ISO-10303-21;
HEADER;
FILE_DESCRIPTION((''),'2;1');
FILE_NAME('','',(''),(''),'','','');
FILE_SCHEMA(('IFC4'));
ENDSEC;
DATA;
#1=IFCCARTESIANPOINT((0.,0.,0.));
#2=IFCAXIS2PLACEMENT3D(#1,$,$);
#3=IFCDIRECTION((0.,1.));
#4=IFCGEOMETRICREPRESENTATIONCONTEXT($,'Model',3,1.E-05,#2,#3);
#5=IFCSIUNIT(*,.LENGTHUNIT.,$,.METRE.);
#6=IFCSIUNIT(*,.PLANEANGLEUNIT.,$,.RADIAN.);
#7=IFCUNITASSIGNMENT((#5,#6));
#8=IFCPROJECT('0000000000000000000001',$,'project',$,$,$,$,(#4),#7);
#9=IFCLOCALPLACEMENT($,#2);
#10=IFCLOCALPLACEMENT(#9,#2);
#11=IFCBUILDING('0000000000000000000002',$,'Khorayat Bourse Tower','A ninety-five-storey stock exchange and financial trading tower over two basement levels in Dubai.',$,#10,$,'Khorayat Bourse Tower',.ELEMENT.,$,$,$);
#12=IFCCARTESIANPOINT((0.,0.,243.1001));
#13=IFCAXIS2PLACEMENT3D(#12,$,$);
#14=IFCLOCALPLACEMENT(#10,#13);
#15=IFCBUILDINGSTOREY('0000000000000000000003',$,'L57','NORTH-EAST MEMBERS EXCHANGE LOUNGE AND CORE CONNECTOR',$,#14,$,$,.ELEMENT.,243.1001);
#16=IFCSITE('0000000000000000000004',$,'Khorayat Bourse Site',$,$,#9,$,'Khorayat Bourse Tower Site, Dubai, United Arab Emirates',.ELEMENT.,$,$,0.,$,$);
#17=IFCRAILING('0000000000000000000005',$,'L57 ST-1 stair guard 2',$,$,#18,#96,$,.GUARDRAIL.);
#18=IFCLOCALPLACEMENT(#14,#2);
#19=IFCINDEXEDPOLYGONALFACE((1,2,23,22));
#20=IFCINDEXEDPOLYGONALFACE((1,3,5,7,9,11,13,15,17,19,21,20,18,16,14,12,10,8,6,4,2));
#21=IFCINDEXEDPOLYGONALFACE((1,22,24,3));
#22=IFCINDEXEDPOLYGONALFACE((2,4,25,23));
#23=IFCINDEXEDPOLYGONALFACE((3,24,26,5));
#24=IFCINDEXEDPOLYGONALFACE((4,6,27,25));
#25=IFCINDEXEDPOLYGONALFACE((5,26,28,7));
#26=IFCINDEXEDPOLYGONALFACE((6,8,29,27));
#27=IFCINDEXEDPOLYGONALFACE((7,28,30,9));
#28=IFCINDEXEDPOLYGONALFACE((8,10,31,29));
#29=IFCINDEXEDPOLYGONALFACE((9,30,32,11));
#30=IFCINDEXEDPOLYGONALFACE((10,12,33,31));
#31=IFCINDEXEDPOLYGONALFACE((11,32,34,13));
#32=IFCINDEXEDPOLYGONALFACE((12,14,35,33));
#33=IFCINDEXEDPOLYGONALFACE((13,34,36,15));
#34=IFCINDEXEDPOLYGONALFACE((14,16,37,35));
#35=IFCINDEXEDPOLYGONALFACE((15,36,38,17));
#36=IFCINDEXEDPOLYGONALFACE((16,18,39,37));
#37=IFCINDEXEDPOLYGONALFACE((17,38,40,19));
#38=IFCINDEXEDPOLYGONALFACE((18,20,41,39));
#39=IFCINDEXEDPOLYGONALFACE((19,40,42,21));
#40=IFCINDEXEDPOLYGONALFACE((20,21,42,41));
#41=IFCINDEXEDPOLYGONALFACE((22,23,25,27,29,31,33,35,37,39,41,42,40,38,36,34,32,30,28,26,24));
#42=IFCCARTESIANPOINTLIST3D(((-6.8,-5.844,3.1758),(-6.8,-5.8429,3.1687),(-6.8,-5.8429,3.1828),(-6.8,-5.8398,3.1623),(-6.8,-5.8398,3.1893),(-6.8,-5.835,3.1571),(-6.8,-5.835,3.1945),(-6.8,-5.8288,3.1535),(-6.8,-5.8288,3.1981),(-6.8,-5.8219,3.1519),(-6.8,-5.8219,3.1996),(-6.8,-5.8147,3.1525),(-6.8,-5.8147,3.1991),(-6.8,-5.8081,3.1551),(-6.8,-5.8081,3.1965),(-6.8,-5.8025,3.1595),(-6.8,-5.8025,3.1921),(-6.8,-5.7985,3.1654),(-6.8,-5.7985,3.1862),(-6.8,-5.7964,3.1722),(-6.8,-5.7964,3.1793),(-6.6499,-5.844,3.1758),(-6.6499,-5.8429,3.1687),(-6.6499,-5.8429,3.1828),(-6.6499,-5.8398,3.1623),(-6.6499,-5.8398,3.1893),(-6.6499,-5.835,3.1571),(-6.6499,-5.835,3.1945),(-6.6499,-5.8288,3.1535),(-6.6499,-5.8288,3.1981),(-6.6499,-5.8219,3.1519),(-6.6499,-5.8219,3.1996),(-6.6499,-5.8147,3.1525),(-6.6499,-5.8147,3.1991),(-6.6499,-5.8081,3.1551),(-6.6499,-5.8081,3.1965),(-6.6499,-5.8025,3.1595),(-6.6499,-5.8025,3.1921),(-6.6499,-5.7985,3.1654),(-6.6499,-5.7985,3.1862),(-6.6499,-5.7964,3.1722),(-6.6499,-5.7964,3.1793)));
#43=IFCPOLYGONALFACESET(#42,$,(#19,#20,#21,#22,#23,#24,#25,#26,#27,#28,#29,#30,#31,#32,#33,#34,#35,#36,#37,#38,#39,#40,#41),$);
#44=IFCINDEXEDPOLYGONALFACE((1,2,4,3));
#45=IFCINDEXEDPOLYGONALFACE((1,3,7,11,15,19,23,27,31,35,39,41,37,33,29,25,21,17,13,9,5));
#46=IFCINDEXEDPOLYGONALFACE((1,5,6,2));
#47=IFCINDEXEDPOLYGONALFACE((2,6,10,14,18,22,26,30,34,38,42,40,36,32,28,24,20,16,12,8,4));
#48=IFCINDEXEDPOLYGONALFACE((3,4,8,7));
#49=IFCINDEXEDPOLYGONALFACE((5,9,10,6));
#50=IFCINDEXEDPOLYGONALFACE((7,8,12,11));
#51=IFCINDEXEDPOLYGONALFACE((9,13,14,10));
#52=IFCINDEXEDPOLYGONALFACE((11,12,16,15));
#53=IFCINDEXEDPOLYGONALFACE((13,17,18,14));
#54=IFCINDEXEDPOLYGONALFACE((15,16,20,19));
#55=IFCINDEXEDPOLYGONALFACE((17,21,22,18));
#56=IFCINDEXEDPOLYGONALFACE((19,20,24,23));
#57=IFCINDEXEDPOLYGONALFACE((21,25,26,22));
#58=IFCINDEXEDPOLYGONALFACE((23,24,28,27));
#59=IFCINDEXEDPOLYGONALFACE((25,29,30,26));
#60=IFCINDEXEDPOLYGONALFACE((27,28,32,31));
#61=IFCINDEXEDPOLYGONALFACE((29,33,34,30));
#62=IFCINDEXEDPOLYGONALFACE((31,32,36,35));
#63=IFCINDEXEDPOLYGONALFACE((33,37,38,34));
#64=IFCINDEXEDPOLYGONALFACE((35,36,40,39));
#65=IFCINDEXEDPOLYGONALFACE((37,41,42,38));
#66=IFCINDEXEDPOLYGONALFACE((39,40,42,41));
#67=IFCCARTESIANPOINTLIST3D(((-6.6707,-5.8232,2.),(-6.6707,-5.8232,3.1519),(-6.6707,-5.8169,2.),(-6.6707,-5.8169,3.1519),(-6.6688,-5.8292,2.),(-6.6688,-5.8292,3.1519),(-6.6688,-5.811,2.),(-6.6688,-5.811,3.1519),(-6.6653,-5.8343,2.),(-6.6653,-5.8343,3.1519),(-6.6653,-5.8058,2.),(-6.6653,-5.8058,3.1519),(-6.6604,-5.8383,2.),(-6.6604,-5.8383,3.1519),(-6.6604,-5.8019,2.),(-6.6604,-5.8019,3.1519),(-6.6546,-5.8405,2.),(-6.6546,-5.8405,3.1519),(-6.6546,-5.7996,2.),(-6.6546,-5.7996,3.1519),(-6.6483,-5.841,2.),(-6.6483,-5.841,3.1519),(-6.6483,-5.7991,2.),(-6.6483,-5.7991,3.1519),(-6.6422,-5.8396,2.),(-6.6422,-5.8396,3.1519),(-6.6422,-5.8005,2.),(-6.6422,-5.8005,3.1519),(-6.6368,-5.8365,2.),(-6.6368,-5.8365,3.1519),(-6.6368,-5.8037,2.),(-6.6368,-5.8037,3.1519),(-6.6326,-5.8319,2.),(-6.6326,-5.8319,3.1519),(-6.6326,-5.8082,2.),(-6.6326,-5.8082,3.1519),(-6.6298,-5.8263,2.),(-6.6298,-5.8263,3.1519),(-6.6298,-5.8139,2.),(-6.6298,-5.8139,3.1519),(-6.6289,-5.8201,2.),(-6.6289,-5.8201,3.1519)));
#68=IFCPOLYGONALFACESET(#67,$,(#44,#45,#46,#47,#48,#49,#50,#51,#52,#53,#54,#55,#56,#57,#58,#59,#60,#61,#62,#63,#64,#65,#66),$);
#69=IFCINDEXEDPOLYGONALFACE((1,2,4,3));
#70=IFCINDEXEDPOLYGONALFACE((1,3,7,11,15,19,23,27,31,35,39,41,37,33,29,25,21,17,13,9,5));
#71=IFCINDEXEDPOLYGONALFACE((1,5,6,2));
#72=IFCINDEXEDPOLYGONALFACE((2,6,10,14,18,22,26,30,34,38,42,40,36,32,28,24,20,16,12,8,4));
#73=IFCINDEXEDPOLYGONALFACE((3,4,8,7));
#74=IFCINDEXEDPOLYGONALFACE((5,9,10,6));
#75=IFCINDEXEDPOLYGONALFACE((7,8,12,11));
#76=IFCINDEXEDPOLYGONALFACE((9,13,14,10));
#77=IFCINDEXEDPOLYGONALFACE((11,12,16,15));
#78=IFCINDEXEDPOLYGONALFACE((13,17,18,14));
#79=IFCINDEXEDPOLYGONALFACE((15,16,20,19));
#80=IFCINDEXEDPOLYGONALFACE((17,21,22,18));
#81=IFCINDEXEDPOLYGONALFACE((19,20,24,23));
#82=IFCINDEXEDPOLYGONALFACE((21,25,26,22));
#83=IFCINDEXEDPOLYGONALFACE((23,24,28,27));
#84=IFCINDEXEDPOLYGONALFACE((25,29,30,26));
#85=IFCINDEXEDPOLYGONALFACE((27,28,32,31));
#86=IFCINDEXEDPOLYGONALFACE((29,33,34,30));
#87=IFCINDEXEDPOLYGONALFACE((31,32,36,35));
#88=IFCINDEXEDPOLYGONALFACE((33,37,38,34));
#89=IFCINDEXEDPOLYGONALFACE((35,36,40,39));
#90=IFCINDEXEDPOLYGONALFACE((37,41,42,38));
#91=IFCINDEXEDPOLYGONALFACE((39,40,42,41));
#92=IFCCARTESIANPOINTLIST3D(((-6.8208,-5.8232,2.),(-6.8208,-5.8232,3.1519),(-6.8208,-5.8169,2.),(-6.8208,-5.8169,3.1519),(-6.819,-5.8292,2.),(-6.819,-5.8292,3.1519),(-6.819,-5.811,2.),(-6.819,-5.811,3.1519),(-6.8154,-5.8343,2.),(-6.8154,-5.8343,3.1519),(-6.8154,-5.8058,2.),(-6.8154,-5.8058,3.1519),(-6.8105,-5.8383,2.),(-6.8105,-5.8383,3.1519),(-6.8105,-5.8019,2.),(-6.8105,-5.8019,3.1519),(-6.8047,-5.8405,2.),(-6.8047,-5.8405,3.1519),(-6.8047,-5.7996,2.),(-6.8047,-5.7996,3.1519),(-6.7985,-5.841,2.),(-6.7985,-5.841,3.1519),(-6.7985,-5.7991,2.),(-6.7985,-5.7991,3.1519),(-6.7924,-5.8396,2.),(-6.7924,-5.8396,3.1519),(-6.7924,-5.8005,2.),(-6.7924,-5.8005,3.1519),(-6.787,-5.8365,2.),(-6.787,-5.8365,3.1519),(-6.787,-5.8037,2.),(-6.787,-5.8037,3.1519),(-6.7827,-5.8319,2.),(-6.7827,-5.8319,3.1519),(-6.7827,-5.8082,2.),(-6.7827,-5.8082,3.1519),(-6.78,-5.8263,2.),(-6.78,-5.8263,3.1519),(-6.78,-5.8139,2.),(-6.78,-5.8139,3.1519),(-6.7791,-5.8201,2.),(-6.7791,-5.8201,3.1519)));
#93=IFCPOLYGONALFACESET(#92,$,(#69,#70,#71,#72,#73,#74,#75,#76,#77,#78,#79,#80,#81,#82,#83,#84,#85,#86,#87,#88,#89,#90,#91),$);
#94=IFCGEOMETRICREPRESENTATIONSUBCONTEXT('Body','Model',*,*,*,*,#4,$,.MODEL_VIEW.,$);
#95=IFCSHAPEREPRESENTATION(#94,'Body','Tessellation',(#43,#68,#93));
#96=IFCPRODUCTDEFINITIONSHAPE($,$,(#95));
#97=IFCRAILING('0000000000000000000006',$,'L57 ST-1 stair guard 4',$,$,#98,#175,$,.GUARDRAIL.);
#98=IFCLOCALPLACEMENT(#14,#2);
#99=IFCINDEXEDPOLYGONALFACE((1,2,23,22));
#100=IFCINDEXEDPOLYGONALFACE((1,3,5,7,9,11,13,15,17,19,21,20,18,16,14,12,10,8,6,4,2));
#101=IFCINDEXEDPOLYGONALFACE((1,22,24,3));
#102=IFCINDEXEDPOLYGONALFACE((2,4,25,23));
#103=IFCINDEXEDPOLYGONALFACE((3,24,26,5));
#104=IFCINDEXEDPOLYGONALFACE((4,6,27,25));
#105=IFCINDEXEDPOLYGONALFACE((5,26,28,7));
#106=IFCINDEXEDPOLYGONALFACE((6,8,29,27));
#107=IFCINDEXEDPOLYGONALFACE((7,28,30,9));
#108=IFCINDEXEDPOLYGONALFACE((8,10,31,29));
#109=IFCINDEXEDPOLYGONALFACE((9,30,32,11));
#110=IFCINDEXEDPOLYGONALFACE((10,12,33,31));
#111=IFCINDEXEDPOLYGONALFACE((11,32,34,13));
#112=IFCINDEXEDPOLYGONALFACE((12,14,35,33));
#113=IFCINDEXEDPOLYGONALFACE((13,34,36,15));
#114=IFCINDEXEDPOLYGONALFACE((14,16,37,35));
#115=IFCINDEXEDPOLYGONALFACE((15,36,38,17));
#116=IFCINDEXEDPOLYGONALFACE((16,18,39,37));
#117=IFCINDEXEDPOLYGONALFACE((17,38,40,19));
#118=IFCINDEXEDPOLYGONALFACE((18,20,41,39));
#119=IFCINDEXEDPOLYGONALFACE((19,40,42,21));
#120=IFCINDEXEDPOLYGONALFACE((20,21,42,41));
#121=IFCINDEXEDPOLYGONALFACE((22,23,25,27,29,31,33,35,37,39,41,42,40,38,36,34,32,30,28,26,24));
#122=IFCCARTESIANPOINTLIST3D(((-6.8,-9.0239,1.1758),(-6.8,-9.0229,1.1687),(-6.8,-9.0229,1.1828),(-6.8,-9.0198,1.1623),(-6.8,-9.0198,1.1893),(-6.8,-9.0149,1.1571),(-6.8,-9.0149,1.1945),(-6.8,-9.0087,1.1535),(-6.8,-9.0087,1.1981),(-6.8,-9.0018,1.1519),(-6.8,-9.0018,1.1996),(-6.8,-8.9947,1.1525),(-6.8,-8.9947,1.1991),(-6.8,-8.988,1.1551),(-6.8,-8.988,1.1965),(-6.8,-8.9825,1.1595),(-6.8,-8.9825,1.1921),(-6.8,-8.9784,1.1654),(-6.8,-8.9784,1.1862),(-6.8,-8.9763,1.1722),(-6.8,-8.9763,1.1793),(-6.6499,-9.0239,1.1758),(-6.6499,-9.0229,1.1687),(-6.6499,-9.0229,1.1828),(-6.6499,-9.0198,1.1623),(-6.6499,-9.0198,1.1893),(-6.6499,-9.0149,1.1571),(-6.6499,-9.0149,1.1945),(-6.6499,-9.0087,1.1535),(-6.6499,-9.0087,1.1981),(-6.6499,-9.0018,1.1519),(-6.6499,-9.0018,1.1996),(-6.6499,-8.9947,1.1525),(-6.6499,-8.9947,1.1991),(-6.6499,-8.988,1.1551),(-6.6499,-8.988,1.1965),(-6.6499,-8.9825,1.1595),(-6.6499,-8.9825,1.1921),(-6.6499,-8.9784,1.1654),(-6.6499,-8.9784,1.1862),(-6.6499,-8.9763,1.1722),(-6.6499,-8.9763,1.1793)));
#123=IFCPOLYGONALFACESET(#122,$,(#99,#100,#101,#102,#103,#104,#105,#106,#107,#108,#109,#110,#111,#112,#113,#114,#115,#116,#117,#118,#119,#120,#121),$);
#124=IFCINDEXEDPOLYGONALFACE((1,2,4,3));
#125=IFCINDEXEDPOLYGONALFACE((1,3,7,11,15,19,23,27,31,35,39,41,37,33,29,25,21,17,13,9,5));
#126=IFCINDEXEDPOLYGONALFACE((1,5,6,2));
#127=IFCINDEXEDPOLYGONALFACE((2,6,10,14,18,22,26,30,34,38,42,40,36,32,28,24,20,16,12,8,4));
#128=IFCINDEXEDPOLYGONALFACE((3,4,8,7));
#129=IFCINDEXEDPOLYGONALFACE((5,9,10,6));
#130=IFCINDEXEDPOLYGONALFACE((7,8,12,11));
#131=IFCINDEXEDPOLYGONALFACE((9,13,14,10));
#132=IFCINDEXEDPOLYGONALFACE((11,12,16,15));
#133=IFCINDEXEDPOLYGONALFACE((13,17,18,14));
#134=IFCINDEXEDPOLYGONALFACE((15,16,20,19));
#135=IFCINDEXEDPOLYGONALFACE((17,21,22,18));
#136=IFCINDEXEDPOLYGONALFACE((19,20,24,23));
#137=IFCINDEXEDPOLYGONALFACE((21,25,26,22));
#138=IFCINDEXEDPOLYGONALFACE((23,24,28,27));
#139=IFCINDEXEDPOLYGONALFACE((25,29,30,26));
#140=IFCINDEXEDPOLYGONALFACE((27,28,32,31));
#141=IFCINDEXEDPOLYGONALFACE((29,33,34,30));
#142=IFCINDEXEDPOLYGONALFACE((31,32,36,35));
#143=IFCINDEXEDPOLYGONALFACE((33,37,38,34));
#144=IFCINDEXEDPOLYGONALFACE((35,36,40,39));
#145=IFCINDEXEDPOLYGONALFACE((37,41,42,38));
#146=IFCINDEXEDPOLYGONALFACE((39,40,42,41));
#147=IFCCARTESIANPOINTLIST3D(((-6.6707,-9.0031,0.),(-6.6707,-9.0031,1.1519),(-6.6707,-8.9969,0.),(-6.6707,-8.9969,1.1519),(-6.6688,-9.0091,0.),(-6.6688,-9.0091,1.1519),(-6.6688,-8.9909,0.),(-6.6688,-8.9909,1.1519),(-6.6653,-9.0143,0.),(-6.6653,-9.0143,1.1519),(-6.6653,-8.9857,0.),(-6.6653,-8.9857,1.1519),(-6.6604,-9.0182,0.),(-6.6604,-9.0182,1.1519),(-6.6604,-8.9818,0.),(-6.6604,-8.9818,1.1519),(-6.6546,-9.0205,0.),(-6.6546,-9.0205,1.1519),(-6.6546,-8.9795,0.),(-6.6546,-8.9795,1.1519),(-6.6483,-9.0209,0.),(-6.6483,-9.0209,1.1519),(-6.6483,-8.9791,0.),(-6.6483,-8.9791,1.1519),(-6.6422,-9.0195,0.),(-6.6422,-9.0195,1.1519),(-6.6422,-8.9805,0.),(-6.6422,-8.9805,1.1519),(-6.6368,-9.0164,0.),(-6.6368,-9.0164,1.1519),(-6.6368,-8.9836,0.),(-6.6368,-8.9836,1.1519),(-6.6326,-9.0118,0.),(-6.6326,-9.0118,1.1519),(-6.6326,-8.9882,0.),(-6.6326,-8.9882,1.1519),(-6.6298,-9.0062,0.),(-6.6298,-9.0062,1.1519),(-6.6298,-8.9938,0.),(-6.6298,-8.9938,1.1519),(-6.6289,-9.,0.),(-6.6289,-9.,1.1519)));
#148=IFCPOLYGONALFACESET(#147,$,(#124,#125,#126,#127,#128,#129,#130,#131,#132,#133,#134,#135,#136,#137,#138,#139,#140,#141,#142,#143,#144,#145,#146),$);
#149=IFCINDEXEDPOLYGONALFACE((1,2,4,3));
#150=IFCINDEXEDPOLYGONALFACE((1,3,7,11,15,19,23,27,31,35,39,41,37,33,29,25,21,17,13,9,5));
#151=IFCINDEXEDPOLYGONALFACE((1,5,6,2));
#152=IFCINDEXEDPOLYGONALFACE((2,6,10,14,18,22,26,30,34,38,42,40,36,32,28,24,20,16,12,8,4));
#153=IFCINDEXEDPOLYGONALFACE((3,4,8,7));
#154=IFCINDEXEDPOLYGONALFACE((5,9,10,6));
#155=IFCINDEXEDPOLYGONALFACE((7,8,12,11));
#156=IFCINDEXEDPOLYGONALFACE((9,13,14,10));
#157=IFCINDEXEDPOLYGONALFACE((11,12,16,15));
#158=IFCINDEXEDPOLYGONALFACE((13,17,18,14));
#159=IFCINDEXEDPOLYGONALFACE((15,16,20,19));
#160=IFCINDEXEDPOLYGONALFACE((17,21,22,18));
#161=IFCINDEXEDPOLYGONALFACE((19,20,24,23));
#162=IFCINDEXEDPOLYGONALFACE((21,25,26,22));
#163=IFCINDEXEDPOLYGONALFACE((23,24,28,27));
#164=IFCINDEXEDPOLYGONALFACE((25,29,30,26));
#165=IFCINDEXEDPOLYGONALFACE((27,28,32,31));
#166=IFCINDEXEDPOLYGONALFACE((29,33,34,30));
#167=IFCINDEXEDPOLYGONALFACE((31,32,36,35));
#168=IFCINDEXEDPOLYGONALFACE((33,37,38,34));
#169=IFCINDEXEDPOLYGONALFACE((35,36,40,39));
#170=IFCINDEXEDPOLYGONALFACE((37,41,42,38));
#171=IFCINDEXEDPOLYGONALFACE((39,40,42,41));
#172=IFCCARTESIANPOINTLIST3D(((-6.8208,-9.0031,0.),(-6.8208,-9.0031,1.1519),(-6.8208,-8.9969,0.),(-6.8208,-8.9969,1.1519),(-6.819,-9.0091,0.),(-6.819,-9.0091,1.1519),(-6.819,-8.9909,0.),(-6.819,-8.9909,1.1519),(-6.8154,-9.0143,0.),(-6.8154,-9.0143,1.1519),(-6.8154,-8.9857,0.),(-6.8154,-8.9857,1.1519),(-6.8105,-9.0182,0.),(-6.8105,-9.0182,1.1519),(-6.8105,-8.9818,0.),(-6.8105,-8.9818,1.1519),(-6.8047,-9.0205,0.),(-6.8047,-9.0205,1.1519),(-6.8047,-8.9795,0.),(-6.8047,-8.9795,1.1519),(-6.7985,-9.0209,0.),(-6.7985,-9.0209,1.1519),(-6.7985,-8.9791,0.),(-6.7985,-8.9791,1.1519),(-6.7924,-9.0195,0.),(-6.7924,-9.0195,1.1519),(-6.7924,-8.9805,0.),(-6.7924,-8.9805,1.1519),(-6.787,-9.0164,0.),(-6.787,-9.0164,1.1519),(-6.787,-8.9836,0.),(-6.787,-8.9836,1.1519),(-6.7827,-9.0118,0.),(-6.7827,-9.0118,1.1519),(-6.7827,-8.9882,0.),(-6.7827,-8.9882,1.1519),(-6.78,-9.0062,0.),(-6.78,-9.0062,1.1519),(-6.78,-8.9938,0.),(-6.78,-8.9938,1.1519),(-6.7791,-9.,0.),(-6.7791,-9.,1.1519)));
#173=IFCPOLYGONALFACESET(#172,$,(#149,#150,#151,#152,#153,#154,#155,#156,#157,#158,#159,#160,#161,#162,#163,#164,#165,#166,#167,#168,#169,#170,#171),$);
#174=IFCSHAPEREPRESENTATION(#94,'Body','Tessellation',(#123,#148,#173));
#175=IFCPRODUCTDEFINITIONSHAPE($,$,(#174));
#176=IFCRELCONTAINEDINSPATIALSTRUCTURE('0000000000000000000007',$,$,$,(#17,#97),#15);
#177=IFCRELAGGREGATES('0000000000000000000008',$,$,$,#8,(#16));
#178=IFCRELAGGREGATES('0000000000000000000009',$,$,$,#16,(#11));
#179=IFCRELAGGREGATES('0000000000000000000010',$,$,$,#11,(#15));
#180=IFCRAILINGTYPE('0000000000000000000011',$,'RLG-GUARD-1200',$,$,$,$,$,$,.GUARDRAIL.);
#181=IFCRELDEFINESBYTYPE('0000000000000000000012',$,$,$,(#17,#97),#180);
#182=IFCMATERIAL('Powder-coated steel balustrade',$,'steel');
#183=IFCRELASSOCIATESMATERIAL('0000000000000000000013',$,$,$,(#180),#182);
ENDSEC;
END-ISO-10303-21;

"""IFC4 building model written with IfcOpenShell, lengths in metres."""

from ifc_helpers import new_model, si_unit, direction, frame, origin, origin_2d, place, context, subcontext, project, spatial, circle, extrude, source, transform, mapped, material, type_object, element, save


model = new_model("IFC4")

# Units and contexts
model_context = context("Model", 3, precision=1e-05, world=origin(), true_north=direction((0.0, 1.0)))
body_context = subcontext(model_context, "Body", "Model", "MODEL_VIEW")
ifc_project = project(units=[si_unit("LENGTHUNIT", "METRE"), si_unit("PLANEANGLEUNIT", "RADIAN")], contexts=[model_context])

# Site, building, storey
site_placement = place(None, origin())
site = spatial("IfcSite", under=ifc_project, at=site_placement, Name="Khorayat Bourse Site", LongName="Khorayat Bourse Tower Site, Dubai, United Arab Emirates", CompositionType="ELEMENT", RefElevation=0.0)
building_placement = place(site_placement, origin())
building = spatial("IfcBuilding", under=site, at=building_placement, Name="Khorayat Bourse Tower", Description="A ninety-five-storey stock exchange and financial trading tower over two basement levels in Dubai.", LongName="Khorayat Bourse Tower", CompositionType="ELEMENT")
storey_placement = place(building_placement, frame((0.0, 0.0, 243.1001)))
storey = spatial("IfcBuildingStorey", under=building, at=storey_placement, Name="L57", Description="NORTH-EAST MEMBERS EXCHANGE LOUNGE AND CORE CONNECTOR", CompositionType="ELEMENT", Elevation=243.1001)

# Railings
ifc_material_1 = material(Name="Powder-coated steel balustrade", Category="steel")
railing_type_1 = type_object("IfcRailingType", Name="RLG-GUARD-1200", PredefinedType="GUARDRAIL", material=ifc_material_1)
shared_shape_1 = source(origin(), body_context, "Body", "SweptSolid", [
    extrude(circle(Radius=0.0239, at=origin_2d()), frame((0.0, 0.0, 1.1758), z_axis=(-1.0, 0.0, 0.0), x_axis=(0.0, -1.0, 0.0)), (0.0, 0.0, 1.0), 0.1501),
    extrude(circle(Radius=0.021, at=origin_2d()), origin(), (0.0, 0.0, 1.0), 1.1519),
    extrude(circle(Radius=0.021, at=origin_2d()), frame((-0.1501, 0.0, 0.0)), (0.0, 0.0, 1.0), 1.1519),
])
for number, where, name in (
    (1, (-6.6499, -5.8201, 2.0), "L57 ST-1 stair guard 2"),
    (2, (-6.6499, -9.0, 0.0), "L57 ST-1 stair guard 4"),
):
    element("IfcRailing", number, at=place(storey_placement, frame(where)), inside=storey, type_object=railing_type_1, Name=name, PredefinedType="GUARDRAIL", context=body_context, shape_type="MappedRepresentation", body=[
        mapped(shared_shape_1, transform((0.0, 0.0, 0.0), scale=1.0)),
    ])

save(model, "model.ifc")
